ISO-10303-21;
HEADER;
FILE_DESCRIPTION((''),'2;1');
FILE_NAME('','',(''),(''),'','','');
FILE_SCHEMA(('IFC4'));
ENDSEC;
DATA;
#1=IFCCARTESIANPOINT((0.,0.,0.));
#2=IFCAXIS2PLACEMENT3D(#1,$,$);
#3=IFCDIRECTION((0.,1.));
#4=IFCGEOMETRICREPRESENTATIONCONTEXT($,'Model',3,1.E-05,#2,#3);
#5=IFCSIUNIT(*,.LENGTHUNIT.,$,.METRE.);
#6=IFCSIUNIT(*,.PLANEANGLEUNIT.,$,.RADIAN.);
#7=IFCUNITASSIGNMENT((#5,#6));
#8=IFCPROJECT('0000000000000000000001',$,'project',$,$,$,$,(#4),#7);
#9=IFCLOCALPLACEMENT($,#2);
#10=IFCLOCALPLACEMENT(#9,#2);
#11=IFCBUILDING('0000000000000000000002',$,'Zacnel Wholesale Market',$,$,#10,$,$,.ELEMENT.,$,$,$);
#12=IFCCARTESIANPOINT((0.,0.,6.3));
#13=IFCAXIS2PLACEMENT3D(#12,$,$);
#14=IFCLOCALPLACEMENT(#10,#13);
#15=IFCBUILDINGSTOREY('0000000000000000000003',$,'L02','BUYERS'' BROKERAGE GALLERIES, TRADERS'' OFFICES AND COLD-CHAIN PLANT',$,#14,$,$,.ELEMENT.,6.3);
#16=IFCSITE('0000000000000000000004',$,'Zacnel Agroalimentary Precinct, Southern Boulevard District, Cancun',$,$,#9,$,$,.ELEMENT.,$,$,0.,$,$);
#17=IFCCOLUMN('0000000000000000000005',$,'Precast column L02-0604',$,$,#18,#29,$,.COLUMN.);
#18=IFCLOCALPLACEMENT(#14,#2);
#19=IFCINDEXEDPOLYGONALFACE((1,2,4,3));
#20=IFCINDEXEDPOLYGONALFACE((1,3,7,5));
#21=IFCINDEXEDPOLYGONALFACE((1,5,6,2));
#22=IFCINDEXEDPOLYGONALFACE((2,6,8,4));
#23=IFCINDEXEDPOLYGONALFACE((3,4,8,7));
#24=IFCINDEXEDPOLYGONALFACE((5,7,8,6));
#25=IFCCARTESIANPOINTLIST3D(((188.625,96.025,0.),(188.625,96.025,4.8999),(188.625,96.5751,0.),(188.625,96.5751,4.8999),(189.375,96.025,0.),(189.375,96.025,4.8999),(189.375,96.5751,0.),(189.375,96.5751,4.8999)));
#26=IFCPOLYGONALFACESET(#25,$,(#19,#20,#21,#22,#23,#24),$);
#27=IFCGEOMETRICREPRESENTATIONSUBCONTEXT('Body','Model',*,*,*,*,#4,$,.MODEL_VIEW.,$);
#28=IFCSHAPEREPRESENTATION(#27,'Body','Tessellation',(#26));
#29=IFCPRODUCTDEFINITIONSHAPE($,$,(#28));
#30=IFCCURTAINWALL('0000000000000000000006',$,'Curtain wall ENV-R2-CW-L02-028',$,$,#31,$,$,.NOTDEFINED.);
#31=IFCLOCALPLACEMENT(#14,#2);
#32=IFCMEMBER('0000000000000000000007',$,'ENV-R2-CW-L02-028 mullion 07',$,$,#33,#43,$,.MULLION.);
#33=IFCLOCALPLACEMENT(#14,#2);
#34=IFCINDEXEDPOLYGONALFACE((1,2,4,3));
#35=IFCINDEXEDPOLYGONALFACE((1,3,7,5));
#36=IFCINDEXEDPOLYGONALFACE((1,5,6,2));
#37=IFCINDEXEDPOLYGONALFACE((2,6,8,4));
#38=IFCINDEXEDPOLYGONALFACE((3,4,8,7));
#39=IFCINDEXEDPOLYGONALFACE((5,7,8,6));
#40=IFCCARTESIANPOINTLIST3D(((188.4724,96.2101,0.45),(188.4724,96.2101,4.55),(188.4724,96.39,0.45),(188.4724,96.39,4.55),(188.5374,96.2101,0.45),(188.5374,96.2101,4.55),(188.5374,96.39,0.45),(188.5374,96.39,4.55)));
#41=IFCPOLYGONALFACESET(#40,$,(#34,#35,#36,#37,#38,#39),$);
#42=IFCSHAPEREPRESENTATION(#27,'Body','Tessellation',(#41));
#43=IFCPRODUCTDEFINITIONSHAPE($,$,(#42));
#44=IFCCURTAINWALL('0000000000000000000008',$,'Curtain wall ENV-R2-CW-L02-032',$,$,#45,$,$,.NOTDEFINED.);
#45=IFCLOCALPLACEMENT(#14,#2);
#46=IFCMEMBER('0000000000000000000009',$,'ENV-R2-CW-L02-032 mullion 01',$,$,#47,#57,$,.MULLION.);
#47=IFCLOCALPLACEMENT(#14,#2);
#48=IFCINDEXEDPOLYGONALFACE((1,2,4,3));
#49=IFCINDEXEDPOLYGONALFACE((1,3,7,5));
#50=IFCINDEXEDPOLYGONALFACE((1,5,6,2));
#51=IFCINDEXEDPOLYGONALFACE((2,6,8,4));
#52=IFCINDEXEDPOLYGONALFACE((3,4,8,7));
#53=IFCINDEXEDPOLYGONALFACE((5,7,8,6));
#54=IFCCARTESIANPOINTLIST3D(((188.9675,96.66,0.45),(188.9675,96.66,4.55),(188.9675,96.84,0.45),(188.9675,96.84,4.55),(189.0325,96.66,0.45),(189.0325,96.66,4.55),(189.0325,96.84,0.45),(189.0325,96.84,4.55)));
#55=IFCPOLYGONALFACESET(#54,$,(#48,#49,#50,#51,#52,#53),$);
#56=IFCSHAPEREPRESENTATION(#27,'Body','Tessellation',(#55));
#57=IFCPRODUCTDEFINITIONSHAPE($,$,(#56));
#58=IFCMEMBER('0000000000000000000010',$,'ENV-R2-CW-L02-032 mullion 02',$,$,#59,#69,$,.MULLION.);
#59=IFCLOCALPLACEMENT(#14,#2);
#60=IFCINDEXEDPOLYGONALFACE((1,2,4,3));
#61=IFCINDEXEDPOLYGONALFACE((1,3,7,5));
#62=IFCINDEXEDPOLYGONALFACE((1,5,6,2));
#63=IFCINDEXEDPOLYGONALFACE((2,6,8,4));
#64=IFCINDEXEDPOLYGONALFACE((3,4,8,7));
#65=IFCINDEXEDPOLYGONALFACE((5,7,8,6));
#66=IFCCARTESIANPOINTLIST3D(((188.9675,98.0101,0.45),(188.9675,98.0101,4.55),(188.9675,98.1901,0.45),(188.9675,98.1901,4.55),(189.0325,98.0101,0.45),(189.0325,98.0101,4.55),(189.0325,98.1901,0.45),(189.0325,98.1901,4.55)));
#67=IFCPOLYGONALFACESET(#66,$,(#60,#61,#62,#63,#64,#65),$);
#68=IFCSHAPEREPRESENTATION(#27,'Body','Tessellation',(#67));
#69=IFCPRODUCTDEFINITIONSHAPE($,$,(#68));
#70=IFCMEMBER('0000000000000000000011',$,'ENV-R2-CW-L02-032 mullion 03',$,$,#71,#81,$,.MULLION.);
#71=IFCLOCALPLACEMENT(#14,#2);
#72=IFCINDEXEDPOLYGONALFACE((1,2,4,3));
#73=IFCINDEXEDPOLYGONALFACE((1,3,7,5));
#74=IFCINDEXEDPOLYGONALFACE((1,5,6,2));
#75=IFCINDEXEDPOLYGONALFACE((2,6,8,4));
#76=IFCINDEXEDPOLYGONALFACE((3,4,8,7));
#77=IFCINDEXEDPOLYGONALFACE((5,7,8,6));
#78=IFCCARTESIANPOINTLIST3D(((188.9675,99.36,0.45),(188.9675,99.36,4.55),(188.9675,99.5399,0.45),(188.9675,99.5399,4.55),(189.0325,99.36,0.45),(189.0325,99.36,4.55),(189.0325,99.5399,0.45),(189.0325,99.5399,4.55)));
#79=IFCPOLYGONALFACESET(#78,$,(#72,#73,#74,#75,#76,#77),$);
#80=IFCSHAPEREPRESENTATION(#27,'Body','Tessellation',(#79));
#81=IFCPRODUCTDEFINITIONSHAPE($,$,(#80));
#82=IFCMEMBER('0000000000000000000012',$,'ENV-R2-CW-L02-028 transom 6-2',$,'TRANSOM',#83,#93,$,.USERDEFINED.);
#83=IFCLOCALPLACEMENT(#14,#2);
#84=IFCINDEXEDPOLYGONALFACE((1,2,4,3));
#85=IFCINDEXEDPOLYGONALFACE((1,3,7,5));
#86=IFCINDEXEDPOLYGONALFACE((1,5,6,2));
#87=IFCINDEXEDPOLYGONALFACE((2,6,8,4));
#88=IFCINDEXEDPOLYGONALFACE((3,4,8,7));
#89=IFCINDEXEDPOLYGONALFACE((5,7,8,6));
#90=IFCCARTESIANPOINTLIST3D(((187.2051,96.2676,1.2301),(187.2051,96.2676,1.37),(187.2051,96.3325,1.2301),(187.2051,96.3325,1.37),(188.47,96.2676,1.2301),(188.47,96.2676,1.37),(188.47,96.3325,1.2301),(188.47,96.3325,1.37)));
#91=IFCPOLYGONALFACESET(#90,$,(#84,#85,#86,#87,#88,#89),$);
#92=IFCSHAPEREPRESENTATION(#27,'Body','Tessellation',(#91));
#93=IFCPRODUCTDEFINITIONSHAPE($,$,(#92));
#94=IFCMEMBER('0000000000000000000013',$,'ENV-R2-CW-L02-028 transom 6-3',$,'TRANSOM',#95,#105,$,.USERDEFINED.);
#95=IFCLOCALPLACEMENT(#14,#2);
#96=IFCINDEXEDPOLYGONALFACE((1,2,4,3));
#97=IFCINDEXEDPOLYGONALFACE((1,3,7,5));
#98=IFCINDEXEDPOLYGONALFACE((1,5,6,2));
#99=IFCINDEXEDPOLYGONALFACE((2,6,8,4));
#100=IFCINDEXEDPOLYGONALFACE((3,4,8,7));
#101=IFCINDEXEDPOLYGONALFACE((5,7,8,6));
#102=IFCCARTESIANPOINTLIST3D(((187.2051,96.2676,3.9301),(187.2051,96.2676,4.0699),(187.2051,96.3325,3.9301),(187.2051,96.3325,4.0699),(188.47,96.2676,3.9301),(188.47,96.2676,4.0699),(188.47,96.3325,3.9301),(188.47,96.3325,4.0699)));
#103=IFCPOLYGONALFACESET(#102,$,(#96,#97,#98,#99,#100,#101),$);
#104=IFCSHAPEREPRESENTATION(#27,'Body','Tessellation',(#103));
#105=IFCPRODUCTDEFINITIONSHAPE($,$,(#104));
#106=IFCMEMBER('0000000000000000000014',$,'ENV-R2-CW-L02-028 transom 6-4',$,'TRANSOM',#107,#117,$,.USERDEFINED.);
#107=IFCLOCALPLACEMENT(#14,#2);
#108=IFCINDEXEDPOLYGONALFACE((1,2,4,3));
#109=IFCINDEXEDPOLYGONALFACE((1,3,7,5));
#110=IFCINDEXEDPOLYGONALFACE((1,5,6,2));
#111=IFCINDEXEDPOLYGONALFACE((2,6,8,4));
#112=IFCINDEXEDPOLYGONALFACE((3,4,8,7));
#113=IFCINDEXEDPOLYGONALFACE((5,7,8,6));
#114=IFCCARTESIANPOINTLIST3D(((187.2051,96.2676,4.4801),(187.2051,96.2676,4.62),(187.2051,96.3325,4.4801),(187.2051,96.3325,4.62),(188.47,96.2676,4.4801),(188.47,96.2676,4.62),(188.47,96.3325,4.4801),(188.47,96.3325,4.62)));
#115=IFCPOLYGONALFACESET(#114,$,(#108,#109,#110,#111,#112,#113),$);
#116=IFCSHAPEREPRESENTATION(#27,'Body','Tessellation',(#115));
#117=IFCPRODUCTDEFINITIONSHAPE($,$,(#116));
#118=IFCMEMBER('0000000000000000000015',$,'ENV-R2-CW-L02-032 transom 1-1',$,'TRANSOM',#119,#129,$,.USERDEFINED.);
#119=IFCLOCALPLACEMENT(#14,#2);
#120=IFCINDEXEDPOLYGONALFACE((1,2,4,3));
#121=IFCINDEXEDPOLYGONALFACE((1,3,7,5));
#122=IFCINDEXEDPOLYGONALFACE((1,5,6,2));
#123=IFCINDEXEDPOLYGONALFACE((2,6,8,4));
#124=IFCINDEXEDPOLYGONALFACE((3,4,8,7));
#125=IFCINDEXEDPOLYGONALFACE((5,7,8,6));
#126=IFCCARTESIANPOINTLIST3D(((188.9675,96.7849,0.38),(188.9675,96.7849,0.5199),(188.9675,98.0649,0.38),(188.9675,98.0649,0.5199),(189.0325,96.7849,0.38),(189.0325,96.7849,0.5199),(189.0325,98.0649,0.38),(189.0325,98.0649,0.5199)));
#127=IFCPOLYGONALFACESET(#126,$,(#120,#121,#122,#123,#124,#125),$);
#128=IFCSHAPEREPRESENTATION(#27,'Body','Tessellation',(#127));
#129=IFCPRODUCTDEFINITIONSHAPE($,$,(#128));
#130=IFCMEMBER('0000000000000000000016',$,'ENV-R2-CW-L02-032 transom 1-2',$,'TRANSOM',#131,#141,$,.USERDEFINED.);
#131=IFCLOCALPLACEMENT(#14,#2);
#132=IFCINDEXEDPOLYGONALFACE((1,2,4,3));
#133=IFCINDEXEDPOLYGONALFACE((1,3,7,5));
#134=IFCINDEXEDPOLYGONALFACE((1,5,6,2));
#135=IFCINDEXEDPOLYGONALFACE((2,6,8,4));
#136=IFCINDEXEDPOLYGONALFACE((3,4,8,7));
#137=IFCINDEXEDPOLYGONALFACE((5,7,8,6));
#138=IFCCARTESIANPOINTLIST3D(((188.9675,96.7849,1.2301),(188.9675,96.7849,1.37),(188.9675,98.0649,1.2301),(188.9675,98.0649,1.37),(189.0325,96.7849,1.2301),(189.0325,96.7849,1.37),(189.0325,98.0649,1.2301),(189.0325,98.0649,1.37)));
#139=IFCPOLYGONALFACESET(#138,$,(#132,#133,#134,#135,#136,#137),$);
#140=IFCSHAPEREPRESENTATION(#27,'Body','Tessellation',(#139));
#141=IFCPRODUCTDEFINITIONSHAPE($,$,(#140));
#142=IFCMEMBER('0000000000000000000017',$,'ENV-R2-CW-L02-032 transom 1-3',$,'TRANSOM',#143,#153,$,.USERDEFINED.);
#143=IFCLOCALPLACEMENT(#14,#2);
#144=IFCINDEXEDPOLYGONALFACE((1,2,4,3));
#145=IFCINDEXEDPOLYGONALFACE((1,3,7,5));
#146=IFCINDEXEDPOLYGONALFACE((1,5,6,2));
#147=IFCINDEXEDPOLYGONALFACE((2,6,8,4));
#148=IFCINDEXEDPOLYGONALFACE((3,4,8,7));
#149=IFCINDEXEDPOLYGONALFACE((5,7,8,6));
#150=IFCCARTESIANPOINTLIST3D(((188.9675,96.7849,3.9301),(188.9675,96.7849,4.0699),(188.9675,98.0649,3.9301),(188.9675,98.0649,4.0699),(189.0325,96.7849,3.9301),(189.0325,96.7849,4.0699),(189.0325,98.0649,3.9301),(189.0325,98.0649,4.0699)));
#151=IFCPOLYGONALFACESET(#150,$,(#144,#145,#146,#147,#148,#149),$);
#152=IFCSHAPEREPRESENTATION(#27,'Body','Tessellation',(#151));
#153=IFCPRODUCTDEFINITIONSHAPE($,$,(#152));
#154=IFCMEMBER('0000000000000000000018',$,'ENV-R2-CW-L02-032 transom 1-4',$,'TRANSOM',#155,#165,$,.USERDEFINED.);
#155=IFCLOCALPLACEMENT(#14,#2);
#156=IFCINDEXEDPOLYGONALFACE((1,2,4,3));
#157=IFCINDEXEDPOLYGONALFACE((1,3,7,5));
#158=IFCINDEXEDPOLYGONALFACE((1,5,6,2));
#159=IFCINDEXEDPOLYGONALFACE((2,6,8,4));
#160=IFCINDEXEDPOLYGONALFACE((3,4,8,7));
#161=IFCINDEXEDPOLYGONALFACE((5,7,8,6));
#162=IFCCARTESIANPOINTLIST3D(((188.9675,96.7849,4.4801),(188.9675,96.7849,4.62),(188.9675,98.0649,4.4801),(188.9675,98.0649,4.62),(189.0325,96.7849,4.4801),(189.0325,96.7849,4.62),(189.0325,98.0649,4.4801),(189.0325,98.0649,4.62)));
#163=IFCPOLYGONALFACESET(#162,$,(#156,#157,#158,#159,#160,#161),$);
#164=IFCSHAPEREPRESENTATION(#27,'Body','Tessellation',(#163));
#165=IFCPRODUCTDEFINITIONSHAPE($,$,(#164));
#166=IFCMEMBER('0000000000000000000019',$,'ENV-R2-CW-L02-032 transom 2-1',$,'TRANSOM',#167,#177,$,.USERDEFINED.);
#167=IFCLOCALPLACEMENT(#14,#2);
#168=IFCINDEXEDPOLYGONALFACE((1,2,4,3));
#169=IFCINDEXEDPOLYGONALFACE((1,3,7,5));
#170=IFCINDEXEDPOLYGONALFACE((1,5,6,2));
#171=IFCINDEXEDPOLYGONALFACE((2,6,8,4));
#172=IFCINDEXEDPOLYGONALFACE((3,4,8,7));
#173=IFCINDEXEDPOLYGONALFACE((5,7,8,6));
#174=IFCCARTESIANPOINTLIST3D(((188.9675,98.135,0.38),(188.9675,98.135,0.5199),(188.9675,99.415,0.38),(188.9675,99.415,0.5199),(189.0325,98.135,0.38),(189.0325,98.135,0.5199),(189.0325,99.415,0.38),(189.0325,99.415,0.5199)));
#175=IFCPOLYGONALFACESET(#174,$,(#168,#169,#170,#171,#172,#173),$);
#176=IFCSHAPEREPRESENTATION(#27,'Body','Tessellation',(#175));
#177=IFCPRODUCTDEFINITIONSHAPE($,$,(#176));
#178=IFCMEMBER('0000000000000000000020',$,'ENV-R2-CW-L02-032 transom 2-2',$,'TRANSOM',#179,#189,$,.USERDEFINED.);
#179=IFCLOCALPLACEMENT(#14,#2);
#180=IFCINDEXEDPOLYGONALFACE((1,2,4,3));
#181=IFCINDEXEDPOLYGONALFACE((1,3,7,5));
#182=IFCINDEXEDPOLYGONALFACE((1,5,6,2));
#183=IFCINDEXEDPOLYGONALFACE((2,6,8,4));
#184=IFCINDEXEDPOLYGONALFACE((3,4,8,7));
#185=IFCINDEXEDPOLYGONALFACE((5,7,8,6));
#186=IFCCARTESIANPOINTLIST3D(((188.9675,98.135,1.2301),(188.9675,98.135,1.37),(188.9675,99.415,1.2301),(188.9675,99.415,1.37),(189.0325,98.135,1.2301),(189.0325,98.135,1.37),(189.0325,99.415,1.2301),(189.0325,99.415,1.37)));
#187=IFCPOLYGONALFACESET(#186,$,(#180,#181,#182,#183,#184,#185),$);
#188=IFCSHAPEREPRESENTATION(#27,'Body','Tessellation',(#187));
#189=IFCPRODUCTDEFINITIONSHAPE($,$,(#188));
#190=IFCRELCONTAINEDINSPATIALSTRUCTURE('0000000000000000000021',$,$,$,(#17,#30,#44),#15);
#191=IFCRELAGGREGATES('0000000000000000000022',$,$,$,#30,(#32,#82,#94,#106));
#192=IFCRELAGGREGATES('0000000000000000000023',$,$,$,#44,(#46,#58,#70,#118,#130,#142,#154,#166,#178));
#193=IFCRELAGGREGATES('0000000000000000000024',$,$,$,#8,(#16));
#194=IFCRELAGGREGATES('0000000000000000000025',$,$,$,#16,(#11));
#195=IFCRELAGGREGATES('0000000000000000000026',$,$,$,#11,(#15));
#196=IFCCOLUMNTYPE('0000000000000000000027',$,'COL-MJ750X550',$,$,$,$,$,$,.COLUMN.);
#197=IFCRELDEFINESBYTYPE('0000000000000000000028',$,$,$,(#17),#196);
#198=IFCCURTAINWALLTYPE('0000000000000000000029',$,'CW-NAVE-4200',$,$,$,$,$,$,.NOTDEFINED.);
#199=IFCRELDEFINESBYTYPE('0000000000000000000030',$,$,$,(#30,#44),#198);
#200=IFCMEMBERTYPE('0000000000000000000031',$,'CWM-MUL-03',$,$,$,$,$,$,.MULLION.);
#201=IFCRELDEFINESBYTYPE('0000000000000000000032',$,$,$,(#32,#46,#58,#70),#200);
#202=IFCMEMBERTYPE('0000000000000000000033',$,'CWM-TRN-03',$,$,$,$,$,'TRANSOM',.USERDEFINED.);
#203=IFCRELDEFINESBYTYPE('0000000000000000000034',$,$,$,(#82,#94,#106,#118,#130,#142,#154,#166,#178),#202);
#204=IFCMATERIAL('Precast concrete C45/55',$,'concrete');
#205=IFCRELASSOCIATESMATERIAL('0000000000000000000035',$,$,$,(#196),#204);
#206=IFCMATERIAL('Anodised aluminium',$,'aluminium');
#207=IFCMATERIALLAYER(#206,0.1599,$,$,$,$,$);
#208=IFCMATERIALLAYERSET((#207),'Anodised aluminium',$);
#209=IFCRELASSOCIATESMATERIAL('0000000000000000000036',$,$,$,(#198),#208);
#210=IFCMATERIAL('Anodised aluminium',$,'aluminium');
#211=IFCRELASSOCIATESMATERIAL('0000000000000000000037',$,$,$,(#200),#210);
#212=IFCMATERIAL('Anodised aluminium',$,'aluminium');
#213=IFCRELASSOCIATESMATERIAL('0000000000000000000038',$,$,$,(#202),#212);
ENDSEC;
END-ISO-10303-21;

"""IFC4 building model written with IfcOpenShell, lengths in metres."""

from ifc_helpers import new_model, si_unit, direction, frame, origin, origin_2d, place, context, subcontext, project, spatial, rectangle, extrude, material, layer, layer_set, material_profile, profile_set, type_object, element, aggregate, save


model = new_model("IFC4")

# Units and contexts
model_context = context("Model", 3, precision=1e-05, world=origin(), true_north=direction((0.0, 1.0)))
body_context = subcontext(model_context, "Body", "Model", "MODEL_VIEW")
ifc_project = project(units=[si_unit("LENGTHUNIT", "METRE"), si_unit("PLANEANGLEUNIT", "RADIAN")], contexts=[model_context])

# Site, building, storey
site_placement = place(None, origin())
site = spatial("IfcSite", under=ifc_project, at=site_placement, Name="Zacnel Agroalimentary Precinct, Southern Boulevard District, Cancun", CompositionType="ELEMENT", RefElevation=0.0)
building_placement = place(site_placement, origin())
building = spatial("IfcBuilding", under=site, at=building_placement, Name="Zacnel Wholesale Market", CompositionType="ELEMENT")
storey_placement = place(building_placement, frame((0.0, 0.0, 6.3)))
storey = spatial("IfcBuildingStorey", under=building, at=storey_placement, Name="L02", Description="BUYERS' BROKERAGE GALLERIES, TRADERS' OFFICES AND COLD-CHAIN PLANT", CompositionType="ELEMENT", Elevation=6.3)

# Column
ifc_material_1 = material(Name="Precast concrete C45/55", Category="concrete")
ifc_material_profile_1 = material_profile(ifc_material_1, rectangle(XDim=0.75, YDim=0.55, at=origin_2d()), Name="PC 750x550")
ifc_profile_set_1 = profile_set([ifc_material_profile_1], Name="Precast concrete C45/55")
column_type = type_object("IfcColumnType", Name="COL-MJ750X550", PredefinedType="COLUMN", material=ifc_profile_set_1)
column_placement = place(storey_placement, frame((189.0, 96.3, 0.0), z_axis=(0.0, 0.0, 1.0), x_axis=(1.0, 0.0, 0.0)))
element("IfcColumn", 1, at=column_placement, inside=storey, type_object=column_type, Name="Precast column L02-0604", PredefinedType="COLUMN", context=body_context, shape_type="SweptSolid", body=[
    extrude(rectangle(XDim=0.75, YDim=0.55, at=origin_2d()), origin(), (0.0, 0.0, 1.0), 4.8999),
])

# Curtain wall, member
ifc_material_2 = material(Name="Anodised aluminium", Category="aluminium")
ifc_layer_1 = layer(ifc_material_2, 0.1599)
ifc_layer_set_1 = layer_set([ifc_layer_1], Name="Anodised aluminium")
curtain_wall_type = type_object("IfcCurtainWallType", Name="CW-NAVE-4200", PredefinedType="NOTDEFINED", material=ifc_layer_set_1)
curtain_wall_1_placement = place(storey_placement, origin())
curtain_wall_1 = element("IfcCurtainWall", 2, at=curtain_wall_1_placement, inside=storey, type_object=curtain_wall_type, Name="Curtain wall ENV-R2-CW-L02-028", PredefinedType="NOTDEFINED")
ifc_material_3 = material(Name="Anodised aluminium", Category="aluminium")
ifc_material_profile_2 = material_profile(ifc_material_3, rectangle(XDim=0.0649, YDim=0.1799, at=origin_2d()), Name="AW-MULLION 65x180")
ifc_profile_set_2 = profile_set([ifc_material_profile_2], Name="Anodised aluminium")
member_type_1 = type_object("IfcMemberType", Name="CWM-MUL-03", PredefinedType="MULLION", material=ifc_profile_set_2)
member_1_placement = place(storey_placement, frame((188.5049, 96.3, 0.45), z_axis=(0.0, 0.0, 1.0), x_axis=(1.0, 0.0, 0.0)))
member_1 = element("IfcMember", 3, at=member_1_placement, type_object=member_type_1, Name="ENV-R2-CW-L02-028 mullion 07", PredefinedType="MULLION", context=body_context, shape_type="SweptSolid", body=[
    extrude(rectangle(XDim=0.0649, YDim=0.1799, at=origin_2d()), origin(), (0.0, 0.0, 1.0), 4.1001),
])

# Curtain wall, members
curtain_wall_2_placement = place(storey_placement, origin())
curtain_wall_2 = element("IfcCurtainWall", 4, at=curtain_wall_2_placement, inside=storey, type_object=curtain_wall_type, Name="Curtain wall ENV-R2-CW-L02-032", PredefinedType="NOTDEFINED")
member_2_placement = place(storey_placement, frame((189.0, 96.75, 0.45), z_axis=(0.0, 0.0, 1.0), x_axis=(1.0, 0.0, 0.0)))
member_2 = element("IfcMember", 5, at=member_2_placement, type_object=member_type_1, Name="ENV-R2-CW-L02-032 mullion 01", PredefinedType="MULLION", context=body_context, shape_type="SweptSolid", body=[
    extrude(rectangle(XDim=0.0649, YDim=0.1799, at=origin_2d()), origin(), (0.0, 0.0, 1.0), 4.1001),
])
member_3_placement = place(storey_placement, frame((189.0, 98.1001, 0.45), z_axis=(0.0, 0.0, 1.0), x_axis=(1.0, 0.0, 0.0)))
member_3 = element("IfcMember", 6, at=member_3_placement, type_object=member_type_1, Name="ENV-R2-CW-L02-032 mullion 02", PredefinedType="MULLION", context=body_context, shape_type="SweptSolid", body=[
    extrude(rectangle(XDim=0.0649, YDim=0.1799, at=origin_2d()), origin(), (0.0, 0.0, 1.0), 4.1001),
])
member_4_placement = place(storey_placement, frame((189.0, 99.45, 0.45), z_axis=(0.0, 0.0, 1.0), x_axis=(1.0, 0.0, 0.0)))
member_4 = element("IfcMember", 7, at=member_4_placement, type_object=member_type_1, Name="ENV-R2-CW-L02-032 mullion 03", PredefinedType="MULLION", context=body_context, shape_type="SweptSolid", body=[
    extrude(rectangle(XDim=0.0649, YDim=0.1799, at=origin_2d()), origin(), (0.0, 0.0, 1.0), 4.1001),
])

# Members
ifc_material_4 = material(Name="Anodised aluminium", Category="aluminium")
ifc_material_profile_3 = material_profile(ifc_material_4, rectangle(XDim=0.0649, YDim=0.1399, at=origin_2d()), Name="AW-TRANSOM 65x140")
ifc_profile_set_3 = profile_set([ifc_material_profile_3], Name="Anodised aluminium")
member_type_2 = type_object("IfcMemberType", Name="CWM-TRN-03", ElementType="TRANSOM", PredefinedType="USERDEFINED", material=ifc_profile_set_3)
member_5_placement = place(storey_placement, frame((187.2051, 96.3, 1.3), z_axis=(1.0, 0.0, 0.0), x_axis=(0.0, 1.0, 0.0)))
member_5 = element("IfcMember", 8, at=member_5_placement, type_object=member_type_2, Name="ENV-R2-CW-L02-028 transom 6-2", ObjectType="TRANSOM", PredefinedType="USERDEFINED", context=body_context, shape_type="SweptSolid", body=[
    extrude(rectangle(XDim=0.0649, YDim=0.1399, at=origin_2d()), origin(), (0.0, 0.0, 1.0), 1.2649),
])
member_6_placement = place(storey_placement, frame((187.2051, 96.3, 4.0), z_axis=(1.0, 0.0, 0.0), x_axis=(0.0, 1.0, 0.0)))
member_6 = element("IfcMember", 9, at=member_6_placement, type_object=member_type_2, Name="ENV-R2-CW-L02-028 transom 6-3", ObjectType="TRANSOM", PredefinedType="USERDEFINED", context=body_context, shape_type="SweptSolid", body=[
    extrude(rectangle(XDim=0.0649, YDim=0.1399, at=origin_2d()), origin(), (0.0, 0.0, 1.0), 1.2649),
])
member_7_placement = place(storey_placement, frame((187.2051, 96.3, 4.55), z_axis=(1.0, 0.0, 0.0), x_axis=(0.0, 1.0, 0.0)))
member_7 = element("IfcMember", 10, at=member_7_placement, type_object=member_type_2, Name="ENV-R2-CW-L02-028 transom 6-4", ObjectType="TRANSOM", PredefinedType="USERDEFINED", context=body_context, shape_type="SweptSolid", body=[
    extrude(rectangle(XDim=0.0649, YDim=0.1399, at=origin_2d()), origin(), (0.0, 0.0, 1.0), 1.2649),
])
member_8_placement = place(storey_placement, frame((189.0, 96.7849, 0.45), z_axis=(0.0, 1.0, 0.0), x_axis=(-1.0, 0.0, 0.0)))
member_8 = element("IfcMember", 11, at=member_8_placement, type_object=member_type_2, Name="ENV-R2-CW-L02-032 transom 1-1", ObjectType="TRANSOM", PredefinedType="USERDEFINED", context=body_context, shape_type="SweptSolid", body=[
    extrude(rectangle(XDim=0.0649, YDim=0.1399, at=origin_2d()), origin(), (0.0, 0.0, 1.0), 1.28),
])
member_9_placement = place(storey_placement, frame((189.0, 96.7849, 1.3), z_axis=(0.0, 1.0, 0.0), x_axis=(-1.0, 0.0, 0.0)))
member_9 = element("IfcMember", 12, at=member_9_placement, type_object=member_type_2, Name="ENV-R2-CW-L02-032 transom 1-2", ObjectType="TRANSOM", PredefinedType="USERDEFINED", context=body_context, shape_type="SweptSolid", body=[
    extrude(rectangle(XDim=0.0649, YDim=0.1399, at=origin_2d()), origin(), (0.0, 0.0, 1.0), 1.28),
])
member_10_placement = place(storey_placement, frame((189.0, 96.7849, 4.0), z_axis=(0.0, 1.0, 0.0), x_axis=(-1.0, 0.0, 0.0)))
member_10 = element("IfcMember", 13, at=member_10_placement, type_object=member_type_2, Name="ENV-R2-CW-L02-032 transom 1-3", ObjectType="TRANSOM", PredefinedType="USERDEFINED", context=body_context, shape_type="SweptSolid", body=[
    extrude(rectangle(XDim=0.0649, YDim=0.1399, at=origin_2d()), origin(), (0.0, 0.0, 1.0), 1.28),
])
member_11_placement = place(storey_placement, frame((189.0, 96.7849, 4.55), z_axis=(0.0, 1.0, 0.0), x_axis=(-1.0, 0.0, 0.0)))
member_11 = element("IfcMember", 14, at=member_11_placement, type_object=member_type_2, Name="ENV-R2-CW-L02-032 transom 1-4", ObjectType="TRANSOM", PredefinedType="USERDEFINED", context=body_context, shape_type="SweptSolid", body=[
    extrude(rectangle(XDim=0.0649, YDim=0.1399, at=origin_2d()), origin(), (0.0, 0.0, 1.0), 1.28),
])
member_12_placement = place(storey_placement, frame((189.0, 98.135, 0.45), z_axis=(0.0, 1.0, 0.0), x_axis=(-1.0, 0.0, 0.0)))
member_12 = element("IfcMember", 15, at=member_12_placement, type_object=member_type_2, Name="ENV-R2-CW-L02-032 transom 2-1", ObjectType="TRANSOM", PredefinedType="USERDEFINED", context=body_context, shape_type="SweptSolid", body=[
    extrude(rectangle(XDim=0.0649, YDim=0.1399, at=origin_2d()), origin(), (0.0, 0.0, 1.0), 1.28),
])
member_13_placement = place(storey_placement, frame((189.0, 98.135, 1.3), z_axis=(0.0, 1.0, 0.0), x_axis=(-1.0, 0.0, 0.0)))
member_13 = element("IfcMember", 16, at=member_13_placement, type_object=member_type_2, Name="ENV-R2-CW-L02-032 transom 2-2", ObjectType="TRANSOM", PredefinedType="USERDEFINED", context=body_context, shape_type="SweptSolid", body=[
    extrude(rectangle(XDim=0.0649, YDim=0.1399, at=origin_2d()), origin(), (0.0, 0.0, 1.0), 1.28),
])

aggregate(curtain_wall_1, [member_1, member_5, member_6, member_7])
aggregate(curtain_wall_2, [member_2, member_3, member_4, member_8, member_9, member_10, member_11, member_12, member_13])

save(model, "model.ifc")
